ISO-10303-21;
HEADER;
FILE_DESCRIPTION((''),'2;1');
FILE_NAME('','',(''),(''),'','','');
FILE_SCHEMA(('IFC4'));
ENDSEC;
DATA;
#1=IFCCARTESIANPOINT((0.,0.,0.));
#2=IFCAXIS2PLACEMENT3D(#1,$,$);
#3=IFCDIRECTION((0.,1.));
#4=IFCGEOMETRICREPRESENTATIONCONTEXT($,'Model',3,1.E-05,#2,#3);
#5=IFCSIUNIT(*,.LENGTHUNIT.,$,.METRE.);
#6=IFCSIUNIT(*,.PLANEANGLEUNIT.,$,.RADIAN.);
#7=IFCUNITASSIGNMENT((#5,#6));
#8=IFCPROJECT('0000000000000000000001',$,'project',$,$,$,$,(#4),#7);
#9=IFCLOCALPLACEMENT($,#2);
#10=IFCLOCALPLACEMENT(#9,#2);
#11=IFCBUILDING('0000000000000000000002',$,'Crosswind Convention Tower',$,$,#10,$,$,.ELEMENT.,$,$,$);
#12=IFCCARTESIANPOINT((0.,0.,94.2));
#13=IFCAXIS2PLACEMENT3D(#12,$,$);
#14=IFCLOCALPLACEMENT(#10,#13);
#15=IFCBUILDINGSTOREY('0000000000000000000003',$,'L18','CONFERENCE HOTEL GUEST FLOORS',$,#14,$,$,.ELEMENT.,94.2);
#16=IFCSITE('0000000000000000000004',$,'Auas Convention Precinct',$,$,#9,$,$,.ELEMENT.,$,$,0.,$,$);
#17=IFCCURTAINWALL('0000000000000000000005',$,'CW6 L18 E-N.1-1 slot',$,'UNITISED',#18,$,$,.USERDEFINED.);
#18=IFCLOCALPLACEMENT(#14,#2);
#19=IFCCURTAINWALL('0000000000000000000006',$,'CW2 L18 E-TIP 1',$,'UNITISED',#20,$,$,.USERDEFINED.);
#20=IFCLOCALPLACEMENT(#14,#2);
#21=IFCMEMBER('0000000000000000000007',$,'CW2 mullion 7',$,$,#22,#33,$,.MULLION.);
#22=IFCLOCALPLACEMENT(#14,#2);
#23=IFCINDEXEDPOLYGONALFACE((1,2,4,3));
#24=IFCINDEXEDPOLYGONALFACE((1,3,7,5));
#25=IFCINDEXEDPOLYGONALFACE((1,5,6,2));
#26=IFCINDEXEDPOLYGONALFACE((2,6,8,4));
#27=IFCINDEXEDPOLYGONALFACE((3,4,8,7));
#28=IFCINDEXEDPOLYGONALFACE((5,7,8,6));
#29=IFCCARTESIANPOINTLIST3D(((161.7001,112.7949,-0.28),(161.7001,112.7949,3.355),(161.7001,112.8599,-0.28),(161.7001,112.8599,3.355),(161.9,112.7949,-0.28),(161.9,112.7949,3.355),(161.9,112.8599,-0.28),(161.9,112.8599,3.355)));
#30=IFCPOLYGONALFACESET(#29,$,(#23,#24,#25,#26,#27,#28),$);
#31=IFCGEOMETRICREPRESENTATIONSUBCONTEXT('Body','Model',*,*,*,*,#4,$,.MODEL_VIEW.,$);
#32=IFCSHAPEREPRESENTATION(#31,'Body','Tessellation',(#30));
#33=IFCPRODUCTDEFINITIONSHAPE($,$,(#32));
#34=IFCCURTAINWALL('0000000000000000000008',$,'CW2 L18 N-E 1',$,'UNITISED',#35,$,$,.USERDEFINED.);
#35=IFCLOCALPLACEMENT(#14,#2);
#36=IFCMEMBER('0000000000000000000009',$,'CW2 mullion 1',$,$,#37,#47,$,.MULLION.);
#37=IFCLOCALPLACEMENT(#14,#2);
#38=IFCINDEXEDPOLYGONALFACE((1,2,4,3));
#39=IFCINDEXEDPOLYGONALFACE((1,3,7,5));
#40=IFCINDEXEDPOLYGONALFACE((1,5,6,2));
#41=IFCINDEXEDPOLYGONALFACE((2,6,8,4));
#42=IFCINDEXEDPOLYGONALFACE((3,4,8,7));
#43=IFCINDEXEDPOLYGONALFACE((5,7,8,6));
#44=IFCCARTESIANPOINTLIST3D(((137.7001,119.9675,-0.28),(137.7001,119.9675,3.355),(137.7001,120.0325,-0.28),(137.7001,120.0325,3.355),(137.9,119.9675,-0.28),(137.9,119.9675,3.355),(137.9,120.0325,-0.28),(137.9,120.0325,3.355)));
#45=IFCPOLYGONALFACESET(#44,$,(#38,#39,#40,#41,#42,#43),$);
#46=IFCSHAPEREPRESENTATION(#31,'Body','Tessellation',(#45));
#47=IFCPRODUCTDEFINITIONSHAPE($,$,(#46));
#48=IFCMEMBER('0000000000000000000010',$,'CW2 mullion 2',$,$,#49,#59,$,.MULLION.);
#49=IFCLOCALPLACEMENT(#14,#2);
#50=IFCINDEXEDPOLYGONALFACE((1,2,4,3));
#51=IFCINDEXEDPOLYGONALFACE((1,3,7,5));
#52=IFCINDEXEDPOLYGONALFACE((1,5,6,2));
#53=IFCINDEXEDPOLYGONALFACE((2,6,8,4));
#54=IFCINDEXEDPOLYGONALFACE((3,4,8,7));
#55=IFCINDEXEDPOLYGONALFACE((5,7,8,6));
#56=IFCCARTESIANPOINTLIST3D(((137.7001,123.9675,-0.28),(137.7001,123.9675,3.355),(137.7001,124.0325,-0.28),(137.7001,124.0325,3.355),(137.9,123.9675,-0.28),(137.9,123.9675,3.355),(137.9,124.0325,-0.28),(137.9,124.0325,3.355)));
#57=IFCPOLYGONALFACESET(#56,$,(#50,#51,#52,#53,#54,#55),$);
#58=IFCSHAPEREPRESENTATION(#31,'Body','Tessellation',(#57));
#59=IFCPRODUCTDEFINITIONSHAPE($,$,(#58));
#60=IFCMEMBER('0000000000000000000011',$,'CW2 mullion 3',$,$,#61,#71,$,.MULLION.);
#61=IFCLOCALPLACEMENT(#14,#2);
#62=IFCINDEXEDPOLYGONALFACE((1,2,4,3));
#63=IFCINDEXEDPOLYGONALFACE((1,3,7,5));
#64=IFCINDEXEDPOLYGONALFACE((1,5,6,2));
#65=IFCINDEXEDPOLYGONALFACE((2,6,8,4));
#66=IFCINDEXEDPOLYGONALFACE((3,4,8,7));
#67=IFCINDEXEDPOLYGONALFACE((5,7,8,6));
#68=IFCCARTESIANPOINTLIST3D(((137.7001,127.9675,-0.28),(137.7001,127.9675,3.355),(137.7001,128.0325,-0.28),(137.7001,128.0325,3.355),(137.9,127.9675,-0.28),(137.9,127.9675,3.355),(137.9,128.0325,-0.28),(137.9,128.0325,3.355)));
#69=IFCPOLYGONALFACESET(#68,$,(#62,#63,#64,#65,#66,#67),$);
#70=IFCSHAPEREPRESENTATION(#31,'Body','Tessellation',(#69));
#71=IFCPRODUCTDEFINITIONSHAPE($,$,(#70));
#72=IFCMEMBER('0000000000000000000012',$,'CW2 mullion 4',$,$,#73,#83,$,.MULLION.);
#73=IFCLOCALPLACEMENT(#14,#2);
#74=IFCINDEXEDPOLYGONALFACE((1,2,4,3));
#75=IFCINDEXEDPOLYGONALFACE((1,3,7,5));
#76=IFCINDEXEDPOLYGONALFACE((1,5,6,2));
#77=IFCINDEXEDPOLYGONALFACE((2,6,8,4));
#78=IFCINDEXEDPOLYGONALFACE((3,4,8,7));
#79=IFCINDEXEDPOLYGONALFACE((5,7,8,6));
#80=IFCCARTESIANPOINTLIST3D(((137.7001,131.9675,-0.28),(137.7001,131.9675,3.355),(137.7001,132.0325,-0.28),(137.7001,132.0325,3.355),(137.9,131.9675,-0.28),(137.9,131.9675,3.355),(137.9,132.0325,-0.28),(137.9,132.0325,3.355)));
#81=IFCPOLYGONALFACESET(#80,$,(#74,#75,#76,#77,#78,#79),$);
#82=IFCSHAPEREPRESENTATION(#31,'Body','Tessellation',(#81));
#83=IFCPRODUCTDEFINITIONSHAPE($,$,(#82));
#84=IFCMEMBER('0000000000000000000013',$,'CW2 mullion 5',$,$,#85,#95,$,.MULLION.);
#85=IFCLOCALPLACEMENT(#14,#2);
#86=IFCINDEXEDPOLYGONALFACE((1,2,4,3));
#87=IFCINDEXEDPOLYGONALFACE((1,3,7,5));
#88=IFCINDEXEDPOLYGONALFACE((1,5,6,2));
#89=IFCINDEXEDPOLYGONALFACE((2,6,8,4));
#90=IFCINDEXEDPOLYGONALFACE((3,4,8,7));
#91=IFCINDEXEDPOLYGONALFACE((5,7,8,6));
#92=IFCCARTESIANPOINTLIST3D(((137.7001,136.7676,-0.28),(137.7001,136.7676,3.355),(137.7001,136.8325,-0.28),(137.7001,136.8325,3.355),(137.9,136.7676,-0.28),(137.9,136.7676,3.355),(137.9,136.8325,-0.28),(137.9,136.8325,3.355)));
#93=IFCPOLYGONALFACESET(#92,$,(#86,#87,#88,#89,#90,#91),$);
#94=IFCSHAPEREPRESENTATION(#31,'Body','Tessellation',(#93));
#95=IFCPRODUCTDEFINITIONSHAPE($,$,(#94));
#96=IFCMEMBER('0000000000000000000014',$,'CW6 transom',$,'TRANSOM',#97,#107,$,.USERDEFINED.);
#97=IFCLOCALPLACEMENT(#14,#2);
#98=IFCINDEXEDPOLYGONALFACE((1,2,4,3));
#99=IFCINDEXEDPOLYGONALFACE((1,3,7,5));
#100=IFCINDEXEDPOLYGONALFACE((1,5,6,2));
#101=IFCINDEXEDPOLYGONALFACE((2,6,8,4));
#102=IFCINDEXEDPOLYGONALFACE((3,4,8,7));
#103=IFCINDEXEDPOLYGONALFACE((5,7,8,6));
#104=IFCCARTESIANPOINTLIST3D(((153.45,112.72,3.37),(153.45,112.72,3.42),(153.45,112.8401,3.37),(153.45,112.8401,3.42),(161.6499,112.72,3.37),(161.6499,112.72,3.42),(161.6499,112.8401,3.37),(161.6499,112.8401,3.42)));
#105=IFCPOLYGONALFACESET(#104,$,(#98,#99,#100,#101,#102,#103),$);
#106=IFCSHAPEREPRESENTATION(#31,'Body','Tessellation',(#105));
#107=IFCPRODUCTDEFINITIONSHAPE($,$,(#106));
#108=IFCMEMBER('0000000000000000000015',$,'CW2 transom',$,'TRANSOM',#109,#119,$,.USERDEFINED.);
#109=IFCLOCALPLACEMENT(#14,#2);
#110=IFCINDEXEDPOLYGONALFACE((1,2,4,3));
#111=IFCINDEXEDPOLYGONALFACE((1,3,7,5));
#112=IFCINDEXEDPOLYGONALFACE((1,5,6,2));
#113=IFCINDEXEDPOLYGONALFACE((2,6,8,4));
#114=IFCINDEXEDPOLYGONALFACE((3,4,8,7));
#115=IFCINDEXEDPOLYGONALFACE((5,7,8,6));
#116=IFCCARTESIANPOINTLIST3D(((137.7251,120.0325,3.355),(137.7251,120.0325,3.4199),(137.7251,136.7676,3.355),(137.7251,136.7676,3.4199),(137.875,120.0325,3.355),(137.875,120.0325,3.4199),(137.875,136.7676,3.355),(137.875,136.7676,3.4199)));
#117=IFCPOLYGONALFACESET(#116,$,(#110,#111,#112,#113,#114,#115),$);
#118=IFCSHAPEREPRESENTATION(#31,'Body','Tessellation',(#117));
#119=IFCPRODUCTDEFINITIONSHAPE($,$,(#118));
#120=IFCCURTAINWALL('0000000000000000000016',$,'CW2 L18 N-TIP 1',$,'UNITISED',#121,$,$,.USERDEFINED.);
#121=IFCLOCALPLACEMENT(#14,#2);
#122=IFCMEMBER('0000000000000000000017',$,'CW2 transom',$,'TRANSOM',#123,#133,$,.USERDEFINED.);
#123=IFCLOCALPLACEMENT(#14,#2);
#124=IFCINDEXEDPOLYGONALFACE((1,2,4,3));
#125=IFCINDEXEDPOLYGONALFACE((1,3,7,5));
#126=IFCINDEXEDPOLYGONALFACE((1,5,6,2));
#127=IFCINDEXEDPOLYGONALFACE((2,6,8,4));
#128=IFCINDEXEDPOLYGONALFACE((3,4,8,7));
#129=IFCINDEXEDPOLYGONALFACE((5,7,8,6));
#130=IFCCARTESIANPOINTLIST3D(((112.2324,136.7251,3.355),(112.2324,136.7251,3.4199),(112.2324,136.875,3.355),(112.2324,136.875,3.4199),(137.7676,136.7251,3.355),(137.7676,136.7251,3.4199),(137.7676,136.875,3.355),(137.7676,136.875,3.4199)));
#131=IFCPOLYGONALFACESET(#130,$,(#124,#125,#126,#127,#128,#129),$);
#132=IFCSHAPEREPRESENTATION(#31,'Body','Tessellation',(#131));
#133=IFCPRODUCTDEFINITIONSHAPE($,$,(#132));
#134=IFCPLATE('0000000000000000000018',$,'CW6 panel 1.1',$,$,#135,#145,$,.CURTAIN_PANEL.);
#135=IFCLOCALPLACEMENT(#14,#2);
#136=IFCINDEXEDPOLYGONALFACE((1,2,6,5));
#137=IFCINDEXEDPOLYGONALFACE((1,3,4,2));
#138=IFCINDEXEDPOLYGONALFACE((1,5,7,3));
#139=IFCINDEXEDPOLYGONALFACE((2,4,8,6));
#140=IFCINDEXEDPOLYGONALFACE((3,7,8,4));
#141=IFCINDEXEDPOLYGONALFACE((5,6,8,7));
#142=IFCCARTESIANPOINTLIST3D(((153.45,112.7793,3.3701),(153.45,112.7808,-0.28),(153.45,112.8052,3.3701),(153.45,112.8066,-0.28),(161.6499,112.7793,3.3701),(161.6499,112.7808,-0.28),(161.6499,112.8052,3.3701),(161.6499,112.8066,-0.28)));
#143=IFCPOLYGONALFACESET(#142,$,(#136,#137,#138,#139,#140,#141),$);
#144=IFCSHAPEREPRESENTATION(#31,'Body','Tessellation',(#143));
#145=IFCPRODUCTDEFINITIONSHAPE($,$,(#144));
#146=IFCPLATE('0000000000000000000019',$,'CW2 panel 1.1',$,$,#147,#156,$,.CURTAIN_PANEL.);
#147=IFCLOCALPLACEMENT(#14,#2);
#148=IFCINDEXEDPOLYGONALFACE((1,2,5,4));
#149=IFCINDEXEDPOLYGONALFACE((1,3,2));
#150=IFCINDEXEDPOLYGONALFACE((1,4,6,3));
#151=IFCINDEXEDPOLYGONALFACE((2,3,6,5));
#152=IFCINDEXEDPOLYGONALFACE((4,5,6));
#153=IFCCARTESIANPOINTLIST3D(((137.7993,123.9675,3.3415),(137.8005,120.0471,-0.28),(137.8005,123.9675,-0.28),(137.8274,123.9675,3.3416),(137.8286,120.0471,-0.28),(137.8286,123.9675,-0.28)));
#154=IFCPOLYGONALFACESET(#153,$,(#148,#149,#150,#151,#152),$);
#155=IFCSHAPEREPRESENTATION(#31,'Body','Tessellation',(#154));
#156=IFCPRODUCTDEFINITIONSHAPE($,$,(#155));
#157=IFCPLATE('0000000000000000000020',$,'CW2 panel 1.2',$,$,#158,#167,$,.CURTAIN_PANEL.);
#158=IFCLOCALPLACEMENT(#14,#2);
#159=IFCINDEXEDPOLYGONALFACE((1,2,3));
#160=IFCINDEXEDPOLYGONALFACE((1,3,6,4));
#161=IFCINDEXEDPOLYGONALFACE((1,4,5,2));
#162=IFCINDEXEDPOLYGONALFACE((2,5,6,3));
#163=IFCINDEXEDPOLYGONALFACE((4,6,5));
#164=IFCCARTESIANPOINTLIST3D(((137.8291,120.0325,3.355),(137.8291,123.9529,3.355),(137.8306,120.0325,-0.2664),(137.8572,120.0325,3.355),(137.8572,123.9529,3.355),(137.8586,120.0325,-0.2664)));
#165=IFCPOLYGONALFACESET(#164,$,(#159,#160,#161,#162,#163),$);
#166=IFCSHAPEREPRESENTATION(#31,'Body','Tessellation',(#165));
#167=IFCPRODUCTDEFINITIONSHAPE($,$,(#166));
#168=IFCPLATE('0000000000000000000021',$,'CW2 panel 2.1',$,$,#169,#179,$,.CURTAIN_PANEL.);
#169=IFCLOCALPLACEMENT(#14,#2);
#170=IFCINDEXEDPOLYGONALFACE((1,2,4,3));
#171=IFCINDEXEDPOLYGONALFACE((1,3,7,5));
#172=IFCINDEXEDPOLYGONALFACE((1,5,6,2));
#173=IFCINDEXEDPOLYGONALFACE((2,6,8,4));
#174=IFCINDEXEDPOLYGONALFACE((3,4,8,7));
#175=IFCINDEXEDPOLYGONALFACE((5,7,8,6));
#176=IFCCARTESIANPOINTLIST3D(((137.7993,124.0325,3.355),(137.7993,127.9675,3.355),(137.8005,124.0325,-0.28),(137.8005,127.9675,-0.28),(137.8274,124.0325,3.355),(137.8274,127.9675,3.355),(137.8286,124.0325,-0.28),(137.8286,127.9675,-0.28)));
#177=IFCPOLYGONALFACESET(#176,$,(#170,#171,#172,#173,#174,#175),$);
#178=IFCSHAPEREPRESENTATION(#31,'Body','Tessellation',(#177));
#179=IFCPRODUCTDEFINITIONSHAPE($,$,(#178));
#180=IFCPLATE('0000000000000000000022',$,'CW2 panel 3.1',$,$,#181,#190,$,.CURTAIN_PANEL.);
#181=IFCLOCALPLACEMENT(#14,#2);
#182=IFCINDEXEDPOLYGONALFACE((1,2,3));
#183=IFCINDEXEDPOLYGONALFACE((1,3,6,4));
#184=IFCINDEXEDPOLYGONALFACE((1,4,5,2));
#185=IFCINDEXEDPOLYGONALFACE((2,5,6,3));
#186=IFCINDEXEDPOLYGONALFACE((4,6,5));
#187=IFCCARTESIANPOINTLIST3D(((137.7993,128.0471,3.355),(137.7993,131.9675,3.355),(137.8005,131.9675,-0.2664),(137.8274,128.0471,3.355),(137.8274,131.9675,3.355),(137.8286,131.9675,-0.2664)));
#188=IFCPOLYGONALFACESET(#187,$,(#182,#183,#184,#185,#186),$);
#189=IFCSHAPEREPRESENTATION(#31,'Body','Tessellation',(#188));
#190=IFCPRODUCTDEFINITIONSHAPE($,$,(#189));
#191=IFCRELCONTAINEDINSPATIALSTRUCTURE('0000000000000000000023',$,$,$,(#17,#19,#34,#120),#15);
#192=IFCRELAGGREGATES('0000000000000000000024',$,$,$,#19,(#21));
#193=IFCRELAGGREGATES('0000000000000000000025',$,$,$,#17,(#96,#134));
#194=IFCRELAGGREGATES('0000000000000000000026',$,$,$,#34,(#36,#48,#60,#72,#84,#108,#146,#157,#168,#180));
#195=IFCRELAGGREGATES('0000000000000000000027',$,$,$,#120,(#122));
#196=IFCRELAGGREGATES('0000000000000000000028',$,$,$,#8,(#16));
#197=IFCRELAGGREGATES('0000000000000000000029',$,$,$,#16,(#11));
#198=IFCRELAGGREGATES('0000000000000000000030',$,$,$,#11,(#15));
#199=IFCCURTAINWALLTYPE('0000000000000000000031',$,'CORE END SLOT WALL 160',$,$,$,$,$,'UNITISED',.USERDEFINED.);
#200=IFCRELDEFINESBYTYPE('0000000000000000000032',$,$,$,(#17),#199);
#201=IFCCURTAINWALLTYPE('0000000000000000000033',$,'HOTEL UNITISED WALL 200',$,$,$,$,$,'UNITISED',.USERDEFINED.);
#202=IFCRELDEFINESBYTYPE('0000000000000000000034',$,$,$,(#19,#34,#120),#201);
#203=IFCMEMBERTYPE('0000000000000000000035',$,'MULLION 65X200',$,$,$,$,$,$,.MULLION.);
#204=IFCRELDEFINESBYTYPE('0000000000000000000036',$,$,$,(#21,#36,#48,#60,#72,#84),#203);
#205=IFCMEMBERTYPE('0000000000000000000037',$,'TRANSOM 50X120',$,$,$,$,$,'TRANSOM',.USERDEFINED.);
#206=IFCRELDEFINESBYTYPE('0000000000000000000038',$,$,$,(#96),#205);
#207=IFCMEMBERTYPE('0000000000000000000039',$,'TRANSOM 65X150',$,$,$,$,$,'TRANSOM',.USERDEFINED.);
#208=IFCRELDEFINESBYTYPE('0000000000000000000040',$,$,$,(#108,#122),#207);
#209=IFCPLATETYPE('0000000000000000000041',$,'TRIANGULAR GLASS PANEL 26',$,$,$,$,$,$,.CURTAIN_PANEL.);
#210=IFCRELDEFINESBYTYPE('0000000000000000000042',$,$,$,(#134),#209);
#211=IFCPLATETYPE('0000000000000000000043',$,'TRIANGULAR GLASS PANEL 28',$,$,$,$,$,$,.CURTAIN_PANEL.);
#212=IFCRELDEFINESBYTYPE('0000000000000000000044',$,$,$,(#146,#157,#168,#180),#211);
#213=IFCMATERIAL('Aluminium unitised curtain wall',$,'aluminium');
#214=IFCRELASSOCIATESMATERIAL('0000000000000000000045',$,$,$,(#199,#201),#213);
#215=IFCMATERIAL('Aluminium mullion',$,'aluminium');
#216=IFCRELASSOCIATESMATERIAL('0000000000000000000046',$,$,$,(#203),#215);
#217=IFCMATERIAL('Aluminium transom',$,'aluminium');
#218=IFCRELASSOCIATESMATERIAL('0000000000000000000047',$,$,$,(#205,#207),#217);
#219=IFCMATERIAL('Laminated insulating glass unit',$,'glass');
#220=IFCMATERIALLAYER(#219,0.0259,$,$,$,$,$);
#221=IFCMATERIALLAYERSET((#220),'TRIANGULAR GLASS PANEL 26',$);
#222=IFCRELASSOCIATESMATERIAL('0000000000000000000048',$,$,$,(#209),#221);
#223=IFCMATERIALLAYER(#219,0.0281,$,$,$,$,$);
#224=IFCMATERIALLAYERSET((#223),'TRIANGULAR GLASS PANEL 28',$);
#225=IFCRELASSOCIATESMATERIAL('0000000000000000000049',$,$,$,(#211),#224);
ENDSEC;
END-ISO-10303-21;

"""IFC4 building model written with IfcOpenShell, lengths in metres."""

from ifc_helpers import new_model, si_unit, direction, frame, origin, origin_2d, place, context, subcontext, project, spatial, polyline, rectangle, outline, extrude, material, layer, layer_set, material_profile, profile_set, type_object, element, aggregate, save


model = new_model("IFC4")

# Units and contexts
model_context = context("Model", 3, precision=1e-05, world=origin(), true_north=direction((0.0, 1.0)))
body_context = subcontext(model_context, "Body", "Model", "MODEL_VIEW")
ifc_project = project(units=[si_unit("LENGTHUNIT", "METRE"), si_unit("PLANEANGLEUNIT", "RADIAN")], contexts=[model_context])

# Site, building, storey
site_placement = place(None, origin())
site = spatial("IfcSite", under=ifc_project, at=site_placement, Name="Auas Convention Precinct", CompositionType="ELEMENT", RefElevation=0.0)
building_placement = place(site_placement, origin())
building = spatial("IfcBuilding", under=site, at=building_placement, Name="Crosswind Convention Tower", CompositionType="ELEMENT")
storey_placement = place(building_placement, frame((0.0, 0.0, 94.2)))
storey = spatial("IfcBuildingStorey", under=building, at=storey_placement, Name="L18", Description="CONFERENCE HOTEL GUEST FLOORS", CompositionType="ELEMENT", Elevation=94.2)

# Curtain wall
ifc_material_1 = material(Name="Aluminium unitised curtain wall", Category="aluminium")
curtain_wall_type_1 = type_object("IfcCurtainWallType", Name="CORE END SLOT WALL 160", ElementType="UNITISED", PredefinedType="USERDEFINED", material=ifc_material_1)
curtain_wall_1_placement = place(storey_placement, origin())
curtain_wall_1 = element("IfcCurtainWall", 1, at=curtain_wall_1_placement, inside=storey, type_object=curtain_wall_type_1, Name="CW6 L18 E-N.1-1 slot", ObjectType="UNITISED", PredefinedType="USERDEFINED")
ifc_material_2 = material(Name="Aluminium mullion", Category="aluminium")

# Curtain wall, member
curtain_wall_type_2 = type_object("IfcCurtainWallType", Name="HOTEL UNITISED WALL 200", ElementType="UNITISED", PredefinedType="USERDEFINED", material=ifc_material_1)
curtain_wall_2_placement = place(storey_placement, origin())
curtain_wall_2 = element("IfcCurtainWall", 2, at=curtain_wall_2_placement, inside=storey, type_object=curtain_wall_type_2, Name="CW2 L18 E-TIP 1", ObjectType="UNITISED", PredefinedType="USERDEFINED")
ifc_material_profile_1 = material_profile(ifc_material_2, rectangle(XDim=0.2, YDim=0.0649, at=origin_2d()), Name="AL 200X65")
ifc_profile_set_1 = profile_set([ifc_material_profile_1], Name="Aluminium mullion")
member_type_1 = type_object("IfcMemberType", Name="MULLION 65X200", PredefinedType="MULLION", material=ifc_profile_set_1)
member_1_placement = place(storey_placement, frame((161.8, 112.8274, -0.28), z_axis=(0.0, 0.0, 1.0), x_axis=(1.0, 0.0, 0.0)))
member_1 = element("IfcMember", 3, at=member_1_placement, type_object=member_type_1, Name="CW2 mullion 7", PredefinedType="MULLION", context=body_context, shape_type="SweptSolid", body=[
    extrude(rectangle(XDim=0.2, YDim=0.0649, at=origin_2d()), origin(), (0.0, 0.0, 1.0), 3.635),
])
aggregate(curtain_wall_2, [member_1])

# Curtain wall, members
curtain_wall_3_placement = place(storey_placement, origin())
curtain_wall_3 = element("IfcCurtainWall", 4, at=curtain_wall_3_placement, inside=storey, type_object=curtain_wall_type_2, Name="CW2 L18 N-E 1", ObjectType="UNITISED", PredefinedType="USERDEFINED")
member_2_placement = place(storey_placement, frame((137.8, 120.0, -0.28), z_axis=(0.0, 0.0, 1.0), x_axis=(1.0, 0.0, 0.0)))
member_2 = element("IfcMember", 5, at=member_2_placement, type_object=member_type_1, Name="CW2 mullion 1", PredefinedType="MULLION", context=body_context, shape_type="SweptSolid", body=[
    extrude(rectangle(XDim=0.2, YDim=0.0649, at=origin_2d()), origin(), (0.0, 0.0, 1.0), 3.635),
])
member_3_placement = place(storey_placement, frame((137.8, 124.0, -0.28), z_axis=(0.0, 0.0, 1.0), x_axis=(1.0, 0.0, 0.0)))
member_3 = element("IfcMember", 6, at=member_3_placement, type_object=member_type_1, Name="CW2 mullion 2", PredefinedType="MULLION", context=body_context, shape_type="SweptSolid", body=[
    extrude(rectangle(XDim=0.2, YDim=0.0649, at=origin_2d()), origin(), (0.0, 0.0, 1.0), 3.635),
])
member_4_placement = place(storey_placement, frame((137.8, 128.0, -0.28), z_axis=(0.0, 0.0, 1.0), x_axis=(1.0, 0.0, 0.0)))
member_4 = element("IfcMember", 7, at=member_4_placement, type_object=member_type_1, Name="CW2 mullion 3", PredefinedType="MULLION", context=body_context, shape_type="SweptSolid", body=[
    extrude(rectangle(XDim=0.2, YDim=0.0649, at=origin_2d()), origin(), (0.0, 0.0, 1.0), 3.635),
])
member_5_placement = place(storey_placement, frame((137.8, 132.0, -0.28), z_axis=(0.0, 0.0, 1.0), x_axis=(1.0, 0.0, 0.0)))
member_5 = element("IfcMember", 8, at=member_5_placement, type_object=member_type_1, Name="CW2 mullion 4", PredefinedType="MULLION", context=body_context, shape_type="SweptSolid", body=[
    extrude(rectangle(XDim=0.2, YDim=0.0649, at=origin_2d()), origin(), (0.0, 0.0, 1.0), 3.635),
])
member_6_placement = place(storey_placement, frame((137.8, 136.8, -0.28), z_axis=(0.0, 0.0, 1.0), x_axis=(1.0, 0.0, 0.0)))
member_6 = element("IfcMember", 9, at=member_6_placement, type_object=member_type_1, Name="CW2 mullion 5", PredefinedType="MULLION", context=body_context, shape_type="SweptSolid", body=[
    extrude(rectangle(XDim=0.2, YDim=0.0649, at=origin_2d()), origin(), (0.0, 0.0, 1.0), 3.635),
])

# Members
ifc_material_3 = material(Name="Aluminium transom", Category="aluminium")
ifc_material_profile_2 = material_profile(ifc_material_3, rectangle(XDim=0.1201, YDim=0.05, at=origin_2d()), Name="AL 120X50")
ifc_profile_set_2 = profile_set([ifc_material_profile_2], Name="Aluminium transom")
member_type_2 = type_object("IfcMemberType", Name="TRANSOM 50X120", ElementType="TRANSOM", PredefinedType="USERDEFINED", material=ifc_profile_set_2)
member_7_placement = place(storey_placement, frame((161.6499, 112.78, 3.395), z_axis=(-1.0, 0.0, 0.0), x_axis=(0.0, -1.0, 0.0)))
member_7 = element("IfcMember", 10, at=member_7_placement, type_object=member_type_2, Name="CW6 transom", ObjectType="TRANSOM", PredefinedType="USERDEFINED", context=body_context, shape_type="SweptSolid", body=[
    extrude(rectangle(XDim=0.1201, YDim=0.05, at=origin_2d()), origin(), (0.0, 0.0, 1.0), 8.2),
])
ifc_material_profile_3 = material_profile(ifc_material_3, rectangle(XDim=0.1499, YDim=0.0649, at=origin_2d()), Name="AL 150X65")
ifc_profile_set_3 = profile_set([ifc_material_profile_3], Name="Aluminium transom")
member_type_3 = type_object("IfcMemberType", Name="TRANSOM 65X150", ElementType="TRANSOM", PredefinedType="USERDEFINED", material=ifc_profile_set_3)
member_8_placement = place(storey_placement, frame((137.8, 120.0325, 3.3875), z_axis=(0.0, 1.0, 0.0), x_axis=(-1.0, 0.0, 0.0)))
member_8 = element("IfcMember", 11, at=member_8_placement, type_object=member_type_3, Name="CW2 transom", ObjectType="TRANSOM", PredefinedType="USERDEFINED", context=body_context, shape_type="SweptSolid", body=[
    extrude(rectangle(XDim=0.1499, YDim=0.0649, at=origin_2d()), origin(), (0.0, 0.0, 1.0), 16.7351),
])

# Curtain wall, member
curtain_wall_4_placement = place(storey_placement, origin())
curtain_wall_4 = element("IfcCurtainWall", 12, at=curtain_wall_4_placement, inside=storey, type_object=curtain_wall_type_2, Name="CW2 L18 N-TIP 1", ObjectType="UNITISED", PredefinedType="USERDEFINED")
member_9_placement = place(storey_placement, frame((137.7676, 136.8, 3.3875), z_axis=(-1.0, 0.0, 0.0), x_axis=(0.0, -1.0, 0.0)))
member_9 = element("IfcMember", 13, at=member_9_placement, type_object=member_type_3, Name="CW2 transom", ObjectType="TRANSOM", PredefinedType="USERDEFINED", context=body_context, shape_type="SweptSolid", body=[
    extrude(rectangle(XDim=0.1499, YDim=0.0649, at=origin_2d()), origin(), (0.0, 0.0, 1.0), 25.5352),
])

# Plates
ifc_material_4 = material(Name="Laminated insulating glass unit", Category="glass")
ifc_layer_1 = layer(ifc_material_4, 0.0259)
ifc_layer_set_1 = layer_set([ifc_layer_1], Name="TRIANGULAR GLASS PANEL 26")
plate_type_1 = type_object("IfcPlateType", Name="TRIANGULAR GLASS PANEL 26", PredefinedType="CURTAIN_PANEL", material=ifc_layer_set_1)
plate_1_placement = place(storey_placement, frame((161.6499, 112.8066, -0.28), z_axis=(0.0, 1.0, 0.000401), x_axis=(-1.0, 0.0, 0.0)))
plate_1 = element("IfcPlate", 14, at=plate_1_placement, type_object=plate_type_1, Name="CW6 panel 1.1", PredefinedType="CURTAIN_PANEL", context=body_context, shape_type="SweptSolid", body=[
    extrude(outline(polyline([(0.0, 0.0), (8.2, 0.0), (8.2, 3.6501), (0.0, 3.6501), (0.0, 0.0)])), origin(), (0.0, 0.0, -1.0), 0.0259),
])
aggregate(curtain_wall_1, [member_7, plate_1])
ifc_layer_2 = layer(ifc_material_4, 0.0281)
ifc_layer_set_2 = layer_set([ifc_layer_2], Name="TRIANGULAR GLASS PANEL 28")
plate_type_2 = type_object("IfcPlateType", Name="TRIANGULAR GLASS PANEL 28", PredefinedType="CURTAIN_PANEL", material=ifc_layer_set_2)
plate_2_placement = place(storey_placement, frame((137.8286, 123.9675, -0.28), z_axis=(1.0, 0.0, 0.000337), x_axis=(-0.000337, 0.0, 1.0)))
plate_2 = element("IfcPlate", 15, at=plate_2_placement, type_object=plate_type_2, Name="CW2 panel 1.1", PredefinedType="CURTAIN_PANEL", context=body_context, shape_type="SweptSolid", body=[
    extrude(outline(polyline([(0.0, 0.0), (3.6216, 0.0), (0.0, 3.9204), (0.0, 0.0)])), origin(), (0.0, 0.0, -1.0), 0.0281),
])
plate_3_placement = place(storey_placement, frame((137.8572, 120.0325, 3.355), z_axis=(1.0, 0.0, 0.000405), x_axis=(0.000405, 0.0, -1.0)))
plate_3 = element("IfcPlate", 16, at=plate_3_placement, type_object=plate_type_2, Name="CW2 panel 1.2", PredefinedType="CURTAIN_PANEL", context=body_context, shape_type="SweptSolid", body=[
    extrude(outline(polyline([(0.0, 0.0), (3.6213, 0.0), (0.0, 3.9204), (0.0, 0.0)])), origin(), (0.0, 0.0, -1.0), 0.0281),
])
plate_4_placement = place(storey_placement, frame((137.8286, 124.0325, -0.28), z_axis=(1.0, 0.0, 0.000336), x_axis=(0.0, 1.0, 0.0)))
plate_4 = element("IfcPlate", 17, at=plate_4_placement, type_object=plate_type_2, Name="CW2 panel 2.1", PredefinedType="CURTAIN_PANEL", context=body_context, shape_type="SweptSolid", body=[
    extrude(outline(polyline([(0.0, 0.0), (3.9351, 0.0), (3.9351, 3.635), (0.0, 3.635), (0.0, 0.0)])), origin(), (0.0, 0.0, -1.0), 0.0281),
])
plate_5_placement = place(storey_placement, frame((137.8274, 131.9675, 3.355), z_axis=(1.0, 0.0, 0.000337), x_axis=(0.0, -1.0, 0.0)))
plate_5 = element("IfcPlate", 18, at=plate_5_placement, type_object=plate_type_2, Name="CW2 panel 3.1", PredefinedType="CURTAIN_PANEL", context=body_context, shape_type="SweptSolid", body=[
    extrude(outline(polyline([(0.0, 0.0), (3.9204, 0.0), (0.0, 3.6213), (0.0, 0.0)])), origin(), (0.0, 0.0, -1.0), 0.0281),
])

aggregate(curtain_wall_3, [member_2, member_3, member_4, member_5, member_6, member_8, plate_2, plate_3, plate_4, plate_5])
aggregate(curtain_wall_4, [member_9])

save(model, "model.ifc")
